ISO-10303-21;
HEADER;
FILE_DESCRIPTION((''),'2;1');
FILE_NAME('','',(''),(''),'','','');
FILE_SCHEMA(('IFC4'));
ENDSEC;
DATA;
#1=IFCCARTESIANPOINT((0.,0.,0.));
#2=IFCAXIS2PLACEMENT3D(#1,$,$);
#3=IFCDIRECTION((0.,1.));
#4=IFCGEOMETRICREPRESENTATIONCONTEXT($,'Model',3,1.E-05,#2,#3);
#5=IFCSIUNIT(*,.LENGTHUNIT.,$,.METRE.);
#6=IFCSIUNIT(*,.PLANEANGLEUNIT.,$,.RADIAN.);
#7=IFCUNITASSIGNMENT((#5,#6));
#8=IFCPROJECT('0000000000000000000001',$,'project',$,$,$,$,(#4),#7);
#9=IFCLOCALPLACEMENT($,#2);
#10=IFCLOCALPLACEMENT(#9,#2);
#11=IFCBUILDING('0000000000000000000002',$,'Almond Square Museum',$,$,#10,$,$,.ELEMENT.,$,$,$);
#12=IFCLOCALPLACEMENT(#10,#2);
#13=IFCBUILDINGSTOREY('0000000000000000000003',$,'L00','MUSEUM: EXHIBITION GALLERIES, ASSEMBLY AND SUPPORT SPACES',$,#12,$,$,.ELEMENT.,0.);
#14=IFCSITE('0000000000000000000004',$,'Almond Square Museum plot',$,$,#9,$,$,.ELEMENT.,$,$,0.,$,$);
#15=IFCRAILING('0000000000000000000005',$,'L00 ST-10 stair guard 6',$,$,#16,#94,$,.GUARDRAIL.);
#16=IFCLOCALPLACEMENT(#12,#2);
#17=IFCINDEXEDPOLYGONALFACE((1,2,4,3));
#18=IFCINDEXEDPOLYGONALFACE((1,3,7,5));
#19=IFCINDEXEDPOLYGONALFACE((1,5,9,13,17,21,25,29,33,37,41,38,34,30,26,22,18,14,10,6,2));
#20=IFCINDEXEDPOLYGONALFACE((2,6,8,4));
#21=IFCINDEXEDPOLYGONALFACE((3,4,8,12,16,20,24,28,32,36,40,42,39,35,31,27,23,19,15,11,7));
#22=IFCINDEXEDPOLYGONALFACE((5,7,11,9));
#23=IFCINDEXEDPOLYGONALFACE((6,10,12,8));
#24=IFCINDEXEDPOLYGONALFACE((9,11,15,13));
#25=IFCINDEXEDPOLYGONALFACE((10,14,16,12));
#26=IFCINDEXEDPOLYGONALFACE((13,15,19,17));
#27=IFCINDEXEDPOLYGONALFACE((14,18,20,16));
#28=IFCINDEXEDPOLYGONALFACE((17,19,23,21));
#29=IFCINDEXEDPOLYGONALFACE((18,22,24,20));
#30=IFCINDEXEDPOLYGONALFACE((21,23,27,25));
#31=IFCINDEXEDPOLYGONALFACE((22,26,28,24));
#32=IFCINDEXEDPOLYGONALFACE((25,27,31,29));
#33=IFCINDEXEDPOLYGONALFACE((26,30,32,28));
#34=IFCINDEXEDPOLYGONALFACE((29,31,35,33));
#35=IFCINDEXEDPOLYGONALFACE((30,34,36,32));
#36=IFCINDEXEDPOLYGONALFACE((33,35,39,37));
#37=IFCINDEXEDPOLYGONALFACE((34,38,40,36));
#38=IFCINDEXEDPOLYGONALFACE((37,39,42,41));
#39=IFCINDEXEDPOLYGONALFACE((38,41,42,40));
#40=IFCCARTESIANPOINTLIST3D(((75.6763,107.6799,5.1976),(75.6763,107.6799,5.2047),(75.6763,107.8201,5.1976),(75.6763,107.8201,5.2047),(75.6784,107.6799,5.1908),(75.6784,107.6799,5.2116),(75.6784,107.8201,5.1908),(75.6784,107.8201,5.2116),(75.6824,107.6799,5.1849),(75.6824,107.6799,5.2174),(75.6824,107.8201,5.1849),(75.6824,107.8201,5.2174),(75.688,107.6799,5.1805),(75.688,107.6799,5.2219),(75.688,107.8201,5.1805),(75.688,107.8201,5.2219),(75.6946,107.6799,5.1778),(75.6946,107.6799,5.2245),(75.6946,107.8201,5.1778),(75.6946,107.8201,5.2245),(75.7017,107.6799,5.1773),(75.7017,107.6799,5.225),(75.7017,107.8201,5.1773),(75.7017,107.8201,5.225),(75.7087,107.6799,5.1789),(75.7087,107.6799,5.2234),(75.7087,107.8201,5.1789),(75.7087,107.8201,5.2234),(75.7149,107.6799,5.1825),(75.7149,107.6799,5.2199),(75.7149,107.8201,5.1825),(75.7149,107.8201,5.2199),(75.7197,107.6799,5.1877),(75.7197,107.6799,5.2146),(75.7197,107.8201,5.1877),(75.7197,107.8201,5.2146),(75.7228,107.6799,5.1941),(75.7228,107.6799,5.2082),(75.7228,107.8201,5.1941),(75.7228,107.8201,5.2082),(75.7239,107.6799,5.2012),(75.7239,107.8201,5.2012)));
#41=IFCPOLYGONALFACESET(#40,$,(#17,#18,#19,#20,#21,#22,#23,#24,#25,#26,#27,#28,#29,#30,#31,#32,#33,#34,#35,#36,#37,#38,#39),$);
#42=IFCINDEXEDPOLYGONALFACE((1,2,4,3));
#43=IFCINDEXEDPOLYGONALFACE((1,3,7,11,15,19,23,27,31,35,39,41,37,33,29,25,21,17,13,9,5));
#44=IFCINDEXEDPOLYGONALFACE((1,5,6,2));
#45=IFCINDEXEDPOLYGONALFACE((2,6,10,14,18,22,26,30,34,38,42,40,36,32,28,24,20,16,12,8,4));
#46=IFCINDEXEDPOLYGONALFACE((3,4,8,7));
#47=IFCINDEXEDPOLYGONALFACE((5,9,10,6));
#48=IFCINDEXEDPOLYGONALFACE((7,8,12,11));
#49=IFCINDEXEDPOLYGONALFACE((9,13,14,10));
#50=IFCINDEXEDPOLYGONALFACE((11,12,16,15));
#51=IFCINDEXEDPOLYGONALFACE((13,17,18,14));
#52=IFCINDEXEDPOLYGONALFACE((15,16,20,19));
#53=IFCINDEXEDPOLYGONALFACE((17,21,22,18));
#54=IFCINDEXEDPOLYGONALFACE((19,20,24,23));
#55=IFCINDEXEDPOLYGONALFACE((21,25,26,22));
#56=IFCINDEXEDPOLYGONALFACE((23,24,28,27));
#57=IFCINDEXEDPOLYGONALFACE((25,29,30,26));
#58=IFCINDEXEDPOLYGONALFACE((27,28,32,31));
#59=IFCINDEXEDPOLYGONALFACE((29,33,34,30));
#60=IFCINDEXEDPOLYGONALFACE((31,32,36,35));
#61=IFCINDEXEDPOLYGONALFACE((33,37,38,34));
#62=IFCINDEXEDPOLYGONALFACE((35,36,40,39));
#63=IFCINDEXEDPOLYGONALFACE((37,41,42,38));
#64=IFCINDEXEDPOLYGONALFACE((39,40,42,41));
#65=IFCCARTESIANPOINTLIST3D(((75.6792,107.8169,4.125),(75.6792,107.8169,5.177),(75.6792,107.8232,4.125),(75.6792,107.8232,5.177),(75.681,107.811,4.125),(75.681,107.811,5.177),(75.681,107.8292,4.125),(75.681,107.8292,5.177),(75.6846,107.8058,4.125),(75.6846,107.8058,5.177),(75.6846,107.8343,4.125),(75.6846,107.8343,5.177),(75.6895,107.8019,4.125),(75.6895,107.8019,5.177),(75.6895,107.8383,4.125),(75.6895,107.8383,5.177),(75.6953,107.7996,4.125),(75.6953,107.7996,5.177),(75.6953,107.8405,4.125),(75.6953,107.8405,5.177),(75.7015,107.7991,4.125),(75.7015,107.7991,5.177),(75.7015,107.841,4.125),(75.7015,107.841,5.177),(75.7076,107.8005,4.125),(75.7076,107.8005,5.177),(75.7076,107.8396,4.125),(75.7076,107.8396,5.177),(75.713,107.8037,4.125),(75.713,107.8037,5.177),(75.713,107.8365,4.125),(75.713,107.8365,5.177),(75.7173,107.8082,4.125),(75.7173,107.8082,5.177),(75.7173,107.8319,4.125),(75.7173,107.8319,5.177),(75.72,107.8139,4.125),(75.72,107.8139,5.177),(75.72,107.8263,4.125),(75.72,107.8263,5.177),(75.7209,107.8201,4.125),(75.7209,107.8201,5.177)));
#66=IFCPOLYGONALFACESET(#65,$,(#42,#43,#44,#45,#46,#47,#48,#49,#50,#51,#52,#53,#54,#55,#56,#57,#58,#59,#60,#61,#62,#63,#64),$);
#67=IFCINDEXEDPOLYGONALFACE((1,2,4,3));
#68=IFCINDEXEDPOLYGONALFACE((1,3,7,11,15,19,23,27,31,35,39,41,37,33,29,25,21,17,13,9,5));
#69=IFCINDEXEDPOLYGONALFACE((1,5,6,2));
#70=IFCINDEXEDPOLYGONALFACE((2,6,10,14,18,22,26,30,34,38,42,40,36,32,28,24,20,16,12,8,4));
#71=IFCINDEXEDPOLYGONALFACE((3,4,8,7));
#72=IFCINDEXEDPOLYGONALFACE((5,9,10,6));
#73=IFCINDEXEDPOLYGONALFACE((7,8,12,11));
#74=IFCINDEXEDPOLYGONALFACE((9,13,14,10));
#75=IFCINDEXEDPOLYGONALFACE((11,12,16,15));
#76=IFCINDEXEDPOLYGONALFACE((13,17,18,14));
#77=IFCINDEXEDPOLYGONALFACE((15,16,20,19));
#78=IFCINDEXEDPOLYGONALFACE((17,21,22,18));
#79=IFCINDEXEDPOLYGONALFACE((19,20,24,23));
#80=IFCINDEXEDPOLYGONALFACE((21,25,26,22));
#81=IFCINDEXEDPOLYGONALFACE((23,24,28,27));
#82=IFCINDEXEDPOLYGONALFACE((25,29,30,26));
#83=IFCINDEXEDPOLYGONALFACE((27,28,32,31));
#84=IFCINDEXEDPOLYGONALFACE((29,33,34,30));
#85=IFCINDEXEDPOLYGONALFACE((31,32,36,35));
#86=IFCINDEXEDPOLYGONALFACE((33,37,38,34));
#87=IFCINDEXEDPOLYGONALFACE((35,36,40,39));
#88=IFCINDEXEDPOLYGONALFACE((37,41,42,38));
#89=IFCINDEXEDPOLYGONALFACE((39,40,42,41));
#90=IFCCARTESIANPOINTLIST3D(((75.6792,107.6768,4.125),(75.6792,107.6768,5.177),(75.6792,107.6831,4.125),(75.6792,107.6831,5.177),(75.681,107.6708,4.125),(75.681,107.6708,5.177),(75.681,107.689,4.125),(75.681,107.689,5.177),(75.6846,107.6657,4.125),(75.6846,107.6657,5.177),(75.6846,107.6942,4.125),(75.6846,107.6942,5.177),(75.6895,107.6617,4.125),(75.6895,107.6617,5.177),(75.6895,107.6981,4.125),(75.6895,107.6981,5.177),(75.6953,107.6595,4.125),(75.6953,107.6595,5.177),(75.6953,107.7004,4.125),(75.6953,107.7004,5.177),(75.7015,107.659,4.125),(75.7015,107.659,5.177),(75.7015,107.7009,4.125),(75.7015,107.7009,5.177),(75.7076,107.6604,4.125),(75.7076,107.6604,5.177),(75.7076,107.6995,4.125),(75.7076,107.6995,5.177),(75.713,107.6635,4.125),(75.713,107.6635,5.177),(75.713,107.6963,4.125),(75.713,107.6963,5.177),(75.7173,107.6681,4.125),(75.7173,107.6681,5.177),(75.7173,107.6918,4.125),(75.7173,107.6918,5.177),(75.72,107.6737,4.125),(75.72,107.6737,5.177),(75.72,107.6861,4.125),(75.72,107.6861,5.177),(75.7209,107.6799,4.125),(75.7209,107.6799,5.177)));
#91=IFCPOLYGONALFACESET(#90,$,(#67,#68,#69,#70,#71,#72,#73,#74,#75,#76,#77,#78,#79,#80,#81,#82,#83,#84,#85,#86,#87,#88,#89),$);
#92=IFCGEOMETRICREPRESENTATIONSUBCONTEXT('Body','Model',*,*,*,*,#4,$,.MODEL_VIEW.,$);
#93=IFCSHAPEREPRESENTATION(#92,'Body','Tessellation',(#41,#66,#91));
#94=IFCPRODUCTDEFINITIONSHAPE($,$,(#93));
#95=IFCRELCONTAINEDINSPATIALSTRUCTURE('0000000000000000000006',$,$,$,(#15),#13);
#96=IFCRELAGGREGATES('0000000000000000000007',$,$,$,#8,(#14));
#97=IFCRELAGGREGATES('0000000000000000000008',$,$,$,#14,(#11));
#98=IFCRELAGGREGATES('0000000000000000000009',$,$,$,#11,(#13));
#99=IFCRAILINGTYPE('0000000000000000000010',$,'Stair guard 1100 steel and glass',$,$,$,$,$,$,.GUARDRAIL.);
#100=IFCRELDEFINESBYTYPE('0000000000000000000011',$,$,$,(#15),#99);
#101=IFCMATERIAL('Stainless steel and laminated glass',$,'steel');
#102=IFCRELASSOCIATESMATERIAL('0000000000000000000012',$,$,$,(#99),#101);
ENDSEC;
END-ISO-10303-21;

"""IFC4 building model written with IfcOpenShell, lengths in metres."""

from ifc_helpers import new_model, si_unit, direction, frame, origin, origin_2d, place, context, subcontext, project, spatial, circle, extrude, material, type_object, element, save


model = new_model("IFC4")

# Units and contexts
model_context = context("Model", 3, precision=1e-05, world=origin(), true_north=direction((0.0, 1.0)))
body_context = subcontext(model_context, "Body", "Model", "MODEL_VIEW")
ifc_project = project(units=[si_unit("LENGTHUNIT", "METRE"), si_unit("PLANEANGLEUNIT", "RADIAN")], contexts=[model_context])

# Site, building, storey
site_placement = place(None, origin())
site = spatial("IfcSite", under=ifc_project, at=site_placement, Name="Almond Square Museum plot", CompositionType="ELEMENT", RefElevation=0.0)
building_placement = place(site_placement, origin())
building = spatial("IfcBuilding", under=site, at=building_placement, Name="Almond Square Museum", CompositionType="ELEMENT")
storey_placement = place(building_placement, origin())
storey = spatial("IfcBuildingStorey", under=building, at=storey_placement, Name="L00", Description="MUSEUM: EXHIBITION GALLERIES, ASSEMBLY AND SUPPORT SPACES", CompositionType="ELEMENT", Elevation=0.0)

# Railing
ifc_material_1 = material(Name="Stainless steel and laminated glass", Category="steel")
railing_type_1 = type_object("IfcRailingType", Name="Stair guard 1100 steel and glass", PredefinedType="GUARDRAIL", material=ifc_material_1)
railing_1_placement = place(storey_placement, frame((75.7, 107.8201, 4.125)))
element("IfcRailing", 1, at=railing_1_placement, inside=storey, type_object=railing_type_1, Name="L00 ST-10 stair guard 6", PredefinedType="GUARDRAIL", context=body_context, shape_type="SweptSolid", body=[
    extrude(circle(Radius=0.0239, at=origin_2d()), frame((0.0, 0.0, 1.0762), z_axis=(0.0, -1.0, 0.0), x_axis=(1.0, 0.0, 0.0)), (0.0, 0.0, 1.0), 0.1401),
    extrude(circle(Radius=0.021, at=origin_2d()), origin(), (0.0, 0.0, 1.0), 1.052),
    extrude(circle(Radius=0.021, at=origin_2d()), frame((0.0, -0.1401, 0.0)), (0.0, 0.0, 1.0), 1.052),
])

save(model, "model.ifc")
